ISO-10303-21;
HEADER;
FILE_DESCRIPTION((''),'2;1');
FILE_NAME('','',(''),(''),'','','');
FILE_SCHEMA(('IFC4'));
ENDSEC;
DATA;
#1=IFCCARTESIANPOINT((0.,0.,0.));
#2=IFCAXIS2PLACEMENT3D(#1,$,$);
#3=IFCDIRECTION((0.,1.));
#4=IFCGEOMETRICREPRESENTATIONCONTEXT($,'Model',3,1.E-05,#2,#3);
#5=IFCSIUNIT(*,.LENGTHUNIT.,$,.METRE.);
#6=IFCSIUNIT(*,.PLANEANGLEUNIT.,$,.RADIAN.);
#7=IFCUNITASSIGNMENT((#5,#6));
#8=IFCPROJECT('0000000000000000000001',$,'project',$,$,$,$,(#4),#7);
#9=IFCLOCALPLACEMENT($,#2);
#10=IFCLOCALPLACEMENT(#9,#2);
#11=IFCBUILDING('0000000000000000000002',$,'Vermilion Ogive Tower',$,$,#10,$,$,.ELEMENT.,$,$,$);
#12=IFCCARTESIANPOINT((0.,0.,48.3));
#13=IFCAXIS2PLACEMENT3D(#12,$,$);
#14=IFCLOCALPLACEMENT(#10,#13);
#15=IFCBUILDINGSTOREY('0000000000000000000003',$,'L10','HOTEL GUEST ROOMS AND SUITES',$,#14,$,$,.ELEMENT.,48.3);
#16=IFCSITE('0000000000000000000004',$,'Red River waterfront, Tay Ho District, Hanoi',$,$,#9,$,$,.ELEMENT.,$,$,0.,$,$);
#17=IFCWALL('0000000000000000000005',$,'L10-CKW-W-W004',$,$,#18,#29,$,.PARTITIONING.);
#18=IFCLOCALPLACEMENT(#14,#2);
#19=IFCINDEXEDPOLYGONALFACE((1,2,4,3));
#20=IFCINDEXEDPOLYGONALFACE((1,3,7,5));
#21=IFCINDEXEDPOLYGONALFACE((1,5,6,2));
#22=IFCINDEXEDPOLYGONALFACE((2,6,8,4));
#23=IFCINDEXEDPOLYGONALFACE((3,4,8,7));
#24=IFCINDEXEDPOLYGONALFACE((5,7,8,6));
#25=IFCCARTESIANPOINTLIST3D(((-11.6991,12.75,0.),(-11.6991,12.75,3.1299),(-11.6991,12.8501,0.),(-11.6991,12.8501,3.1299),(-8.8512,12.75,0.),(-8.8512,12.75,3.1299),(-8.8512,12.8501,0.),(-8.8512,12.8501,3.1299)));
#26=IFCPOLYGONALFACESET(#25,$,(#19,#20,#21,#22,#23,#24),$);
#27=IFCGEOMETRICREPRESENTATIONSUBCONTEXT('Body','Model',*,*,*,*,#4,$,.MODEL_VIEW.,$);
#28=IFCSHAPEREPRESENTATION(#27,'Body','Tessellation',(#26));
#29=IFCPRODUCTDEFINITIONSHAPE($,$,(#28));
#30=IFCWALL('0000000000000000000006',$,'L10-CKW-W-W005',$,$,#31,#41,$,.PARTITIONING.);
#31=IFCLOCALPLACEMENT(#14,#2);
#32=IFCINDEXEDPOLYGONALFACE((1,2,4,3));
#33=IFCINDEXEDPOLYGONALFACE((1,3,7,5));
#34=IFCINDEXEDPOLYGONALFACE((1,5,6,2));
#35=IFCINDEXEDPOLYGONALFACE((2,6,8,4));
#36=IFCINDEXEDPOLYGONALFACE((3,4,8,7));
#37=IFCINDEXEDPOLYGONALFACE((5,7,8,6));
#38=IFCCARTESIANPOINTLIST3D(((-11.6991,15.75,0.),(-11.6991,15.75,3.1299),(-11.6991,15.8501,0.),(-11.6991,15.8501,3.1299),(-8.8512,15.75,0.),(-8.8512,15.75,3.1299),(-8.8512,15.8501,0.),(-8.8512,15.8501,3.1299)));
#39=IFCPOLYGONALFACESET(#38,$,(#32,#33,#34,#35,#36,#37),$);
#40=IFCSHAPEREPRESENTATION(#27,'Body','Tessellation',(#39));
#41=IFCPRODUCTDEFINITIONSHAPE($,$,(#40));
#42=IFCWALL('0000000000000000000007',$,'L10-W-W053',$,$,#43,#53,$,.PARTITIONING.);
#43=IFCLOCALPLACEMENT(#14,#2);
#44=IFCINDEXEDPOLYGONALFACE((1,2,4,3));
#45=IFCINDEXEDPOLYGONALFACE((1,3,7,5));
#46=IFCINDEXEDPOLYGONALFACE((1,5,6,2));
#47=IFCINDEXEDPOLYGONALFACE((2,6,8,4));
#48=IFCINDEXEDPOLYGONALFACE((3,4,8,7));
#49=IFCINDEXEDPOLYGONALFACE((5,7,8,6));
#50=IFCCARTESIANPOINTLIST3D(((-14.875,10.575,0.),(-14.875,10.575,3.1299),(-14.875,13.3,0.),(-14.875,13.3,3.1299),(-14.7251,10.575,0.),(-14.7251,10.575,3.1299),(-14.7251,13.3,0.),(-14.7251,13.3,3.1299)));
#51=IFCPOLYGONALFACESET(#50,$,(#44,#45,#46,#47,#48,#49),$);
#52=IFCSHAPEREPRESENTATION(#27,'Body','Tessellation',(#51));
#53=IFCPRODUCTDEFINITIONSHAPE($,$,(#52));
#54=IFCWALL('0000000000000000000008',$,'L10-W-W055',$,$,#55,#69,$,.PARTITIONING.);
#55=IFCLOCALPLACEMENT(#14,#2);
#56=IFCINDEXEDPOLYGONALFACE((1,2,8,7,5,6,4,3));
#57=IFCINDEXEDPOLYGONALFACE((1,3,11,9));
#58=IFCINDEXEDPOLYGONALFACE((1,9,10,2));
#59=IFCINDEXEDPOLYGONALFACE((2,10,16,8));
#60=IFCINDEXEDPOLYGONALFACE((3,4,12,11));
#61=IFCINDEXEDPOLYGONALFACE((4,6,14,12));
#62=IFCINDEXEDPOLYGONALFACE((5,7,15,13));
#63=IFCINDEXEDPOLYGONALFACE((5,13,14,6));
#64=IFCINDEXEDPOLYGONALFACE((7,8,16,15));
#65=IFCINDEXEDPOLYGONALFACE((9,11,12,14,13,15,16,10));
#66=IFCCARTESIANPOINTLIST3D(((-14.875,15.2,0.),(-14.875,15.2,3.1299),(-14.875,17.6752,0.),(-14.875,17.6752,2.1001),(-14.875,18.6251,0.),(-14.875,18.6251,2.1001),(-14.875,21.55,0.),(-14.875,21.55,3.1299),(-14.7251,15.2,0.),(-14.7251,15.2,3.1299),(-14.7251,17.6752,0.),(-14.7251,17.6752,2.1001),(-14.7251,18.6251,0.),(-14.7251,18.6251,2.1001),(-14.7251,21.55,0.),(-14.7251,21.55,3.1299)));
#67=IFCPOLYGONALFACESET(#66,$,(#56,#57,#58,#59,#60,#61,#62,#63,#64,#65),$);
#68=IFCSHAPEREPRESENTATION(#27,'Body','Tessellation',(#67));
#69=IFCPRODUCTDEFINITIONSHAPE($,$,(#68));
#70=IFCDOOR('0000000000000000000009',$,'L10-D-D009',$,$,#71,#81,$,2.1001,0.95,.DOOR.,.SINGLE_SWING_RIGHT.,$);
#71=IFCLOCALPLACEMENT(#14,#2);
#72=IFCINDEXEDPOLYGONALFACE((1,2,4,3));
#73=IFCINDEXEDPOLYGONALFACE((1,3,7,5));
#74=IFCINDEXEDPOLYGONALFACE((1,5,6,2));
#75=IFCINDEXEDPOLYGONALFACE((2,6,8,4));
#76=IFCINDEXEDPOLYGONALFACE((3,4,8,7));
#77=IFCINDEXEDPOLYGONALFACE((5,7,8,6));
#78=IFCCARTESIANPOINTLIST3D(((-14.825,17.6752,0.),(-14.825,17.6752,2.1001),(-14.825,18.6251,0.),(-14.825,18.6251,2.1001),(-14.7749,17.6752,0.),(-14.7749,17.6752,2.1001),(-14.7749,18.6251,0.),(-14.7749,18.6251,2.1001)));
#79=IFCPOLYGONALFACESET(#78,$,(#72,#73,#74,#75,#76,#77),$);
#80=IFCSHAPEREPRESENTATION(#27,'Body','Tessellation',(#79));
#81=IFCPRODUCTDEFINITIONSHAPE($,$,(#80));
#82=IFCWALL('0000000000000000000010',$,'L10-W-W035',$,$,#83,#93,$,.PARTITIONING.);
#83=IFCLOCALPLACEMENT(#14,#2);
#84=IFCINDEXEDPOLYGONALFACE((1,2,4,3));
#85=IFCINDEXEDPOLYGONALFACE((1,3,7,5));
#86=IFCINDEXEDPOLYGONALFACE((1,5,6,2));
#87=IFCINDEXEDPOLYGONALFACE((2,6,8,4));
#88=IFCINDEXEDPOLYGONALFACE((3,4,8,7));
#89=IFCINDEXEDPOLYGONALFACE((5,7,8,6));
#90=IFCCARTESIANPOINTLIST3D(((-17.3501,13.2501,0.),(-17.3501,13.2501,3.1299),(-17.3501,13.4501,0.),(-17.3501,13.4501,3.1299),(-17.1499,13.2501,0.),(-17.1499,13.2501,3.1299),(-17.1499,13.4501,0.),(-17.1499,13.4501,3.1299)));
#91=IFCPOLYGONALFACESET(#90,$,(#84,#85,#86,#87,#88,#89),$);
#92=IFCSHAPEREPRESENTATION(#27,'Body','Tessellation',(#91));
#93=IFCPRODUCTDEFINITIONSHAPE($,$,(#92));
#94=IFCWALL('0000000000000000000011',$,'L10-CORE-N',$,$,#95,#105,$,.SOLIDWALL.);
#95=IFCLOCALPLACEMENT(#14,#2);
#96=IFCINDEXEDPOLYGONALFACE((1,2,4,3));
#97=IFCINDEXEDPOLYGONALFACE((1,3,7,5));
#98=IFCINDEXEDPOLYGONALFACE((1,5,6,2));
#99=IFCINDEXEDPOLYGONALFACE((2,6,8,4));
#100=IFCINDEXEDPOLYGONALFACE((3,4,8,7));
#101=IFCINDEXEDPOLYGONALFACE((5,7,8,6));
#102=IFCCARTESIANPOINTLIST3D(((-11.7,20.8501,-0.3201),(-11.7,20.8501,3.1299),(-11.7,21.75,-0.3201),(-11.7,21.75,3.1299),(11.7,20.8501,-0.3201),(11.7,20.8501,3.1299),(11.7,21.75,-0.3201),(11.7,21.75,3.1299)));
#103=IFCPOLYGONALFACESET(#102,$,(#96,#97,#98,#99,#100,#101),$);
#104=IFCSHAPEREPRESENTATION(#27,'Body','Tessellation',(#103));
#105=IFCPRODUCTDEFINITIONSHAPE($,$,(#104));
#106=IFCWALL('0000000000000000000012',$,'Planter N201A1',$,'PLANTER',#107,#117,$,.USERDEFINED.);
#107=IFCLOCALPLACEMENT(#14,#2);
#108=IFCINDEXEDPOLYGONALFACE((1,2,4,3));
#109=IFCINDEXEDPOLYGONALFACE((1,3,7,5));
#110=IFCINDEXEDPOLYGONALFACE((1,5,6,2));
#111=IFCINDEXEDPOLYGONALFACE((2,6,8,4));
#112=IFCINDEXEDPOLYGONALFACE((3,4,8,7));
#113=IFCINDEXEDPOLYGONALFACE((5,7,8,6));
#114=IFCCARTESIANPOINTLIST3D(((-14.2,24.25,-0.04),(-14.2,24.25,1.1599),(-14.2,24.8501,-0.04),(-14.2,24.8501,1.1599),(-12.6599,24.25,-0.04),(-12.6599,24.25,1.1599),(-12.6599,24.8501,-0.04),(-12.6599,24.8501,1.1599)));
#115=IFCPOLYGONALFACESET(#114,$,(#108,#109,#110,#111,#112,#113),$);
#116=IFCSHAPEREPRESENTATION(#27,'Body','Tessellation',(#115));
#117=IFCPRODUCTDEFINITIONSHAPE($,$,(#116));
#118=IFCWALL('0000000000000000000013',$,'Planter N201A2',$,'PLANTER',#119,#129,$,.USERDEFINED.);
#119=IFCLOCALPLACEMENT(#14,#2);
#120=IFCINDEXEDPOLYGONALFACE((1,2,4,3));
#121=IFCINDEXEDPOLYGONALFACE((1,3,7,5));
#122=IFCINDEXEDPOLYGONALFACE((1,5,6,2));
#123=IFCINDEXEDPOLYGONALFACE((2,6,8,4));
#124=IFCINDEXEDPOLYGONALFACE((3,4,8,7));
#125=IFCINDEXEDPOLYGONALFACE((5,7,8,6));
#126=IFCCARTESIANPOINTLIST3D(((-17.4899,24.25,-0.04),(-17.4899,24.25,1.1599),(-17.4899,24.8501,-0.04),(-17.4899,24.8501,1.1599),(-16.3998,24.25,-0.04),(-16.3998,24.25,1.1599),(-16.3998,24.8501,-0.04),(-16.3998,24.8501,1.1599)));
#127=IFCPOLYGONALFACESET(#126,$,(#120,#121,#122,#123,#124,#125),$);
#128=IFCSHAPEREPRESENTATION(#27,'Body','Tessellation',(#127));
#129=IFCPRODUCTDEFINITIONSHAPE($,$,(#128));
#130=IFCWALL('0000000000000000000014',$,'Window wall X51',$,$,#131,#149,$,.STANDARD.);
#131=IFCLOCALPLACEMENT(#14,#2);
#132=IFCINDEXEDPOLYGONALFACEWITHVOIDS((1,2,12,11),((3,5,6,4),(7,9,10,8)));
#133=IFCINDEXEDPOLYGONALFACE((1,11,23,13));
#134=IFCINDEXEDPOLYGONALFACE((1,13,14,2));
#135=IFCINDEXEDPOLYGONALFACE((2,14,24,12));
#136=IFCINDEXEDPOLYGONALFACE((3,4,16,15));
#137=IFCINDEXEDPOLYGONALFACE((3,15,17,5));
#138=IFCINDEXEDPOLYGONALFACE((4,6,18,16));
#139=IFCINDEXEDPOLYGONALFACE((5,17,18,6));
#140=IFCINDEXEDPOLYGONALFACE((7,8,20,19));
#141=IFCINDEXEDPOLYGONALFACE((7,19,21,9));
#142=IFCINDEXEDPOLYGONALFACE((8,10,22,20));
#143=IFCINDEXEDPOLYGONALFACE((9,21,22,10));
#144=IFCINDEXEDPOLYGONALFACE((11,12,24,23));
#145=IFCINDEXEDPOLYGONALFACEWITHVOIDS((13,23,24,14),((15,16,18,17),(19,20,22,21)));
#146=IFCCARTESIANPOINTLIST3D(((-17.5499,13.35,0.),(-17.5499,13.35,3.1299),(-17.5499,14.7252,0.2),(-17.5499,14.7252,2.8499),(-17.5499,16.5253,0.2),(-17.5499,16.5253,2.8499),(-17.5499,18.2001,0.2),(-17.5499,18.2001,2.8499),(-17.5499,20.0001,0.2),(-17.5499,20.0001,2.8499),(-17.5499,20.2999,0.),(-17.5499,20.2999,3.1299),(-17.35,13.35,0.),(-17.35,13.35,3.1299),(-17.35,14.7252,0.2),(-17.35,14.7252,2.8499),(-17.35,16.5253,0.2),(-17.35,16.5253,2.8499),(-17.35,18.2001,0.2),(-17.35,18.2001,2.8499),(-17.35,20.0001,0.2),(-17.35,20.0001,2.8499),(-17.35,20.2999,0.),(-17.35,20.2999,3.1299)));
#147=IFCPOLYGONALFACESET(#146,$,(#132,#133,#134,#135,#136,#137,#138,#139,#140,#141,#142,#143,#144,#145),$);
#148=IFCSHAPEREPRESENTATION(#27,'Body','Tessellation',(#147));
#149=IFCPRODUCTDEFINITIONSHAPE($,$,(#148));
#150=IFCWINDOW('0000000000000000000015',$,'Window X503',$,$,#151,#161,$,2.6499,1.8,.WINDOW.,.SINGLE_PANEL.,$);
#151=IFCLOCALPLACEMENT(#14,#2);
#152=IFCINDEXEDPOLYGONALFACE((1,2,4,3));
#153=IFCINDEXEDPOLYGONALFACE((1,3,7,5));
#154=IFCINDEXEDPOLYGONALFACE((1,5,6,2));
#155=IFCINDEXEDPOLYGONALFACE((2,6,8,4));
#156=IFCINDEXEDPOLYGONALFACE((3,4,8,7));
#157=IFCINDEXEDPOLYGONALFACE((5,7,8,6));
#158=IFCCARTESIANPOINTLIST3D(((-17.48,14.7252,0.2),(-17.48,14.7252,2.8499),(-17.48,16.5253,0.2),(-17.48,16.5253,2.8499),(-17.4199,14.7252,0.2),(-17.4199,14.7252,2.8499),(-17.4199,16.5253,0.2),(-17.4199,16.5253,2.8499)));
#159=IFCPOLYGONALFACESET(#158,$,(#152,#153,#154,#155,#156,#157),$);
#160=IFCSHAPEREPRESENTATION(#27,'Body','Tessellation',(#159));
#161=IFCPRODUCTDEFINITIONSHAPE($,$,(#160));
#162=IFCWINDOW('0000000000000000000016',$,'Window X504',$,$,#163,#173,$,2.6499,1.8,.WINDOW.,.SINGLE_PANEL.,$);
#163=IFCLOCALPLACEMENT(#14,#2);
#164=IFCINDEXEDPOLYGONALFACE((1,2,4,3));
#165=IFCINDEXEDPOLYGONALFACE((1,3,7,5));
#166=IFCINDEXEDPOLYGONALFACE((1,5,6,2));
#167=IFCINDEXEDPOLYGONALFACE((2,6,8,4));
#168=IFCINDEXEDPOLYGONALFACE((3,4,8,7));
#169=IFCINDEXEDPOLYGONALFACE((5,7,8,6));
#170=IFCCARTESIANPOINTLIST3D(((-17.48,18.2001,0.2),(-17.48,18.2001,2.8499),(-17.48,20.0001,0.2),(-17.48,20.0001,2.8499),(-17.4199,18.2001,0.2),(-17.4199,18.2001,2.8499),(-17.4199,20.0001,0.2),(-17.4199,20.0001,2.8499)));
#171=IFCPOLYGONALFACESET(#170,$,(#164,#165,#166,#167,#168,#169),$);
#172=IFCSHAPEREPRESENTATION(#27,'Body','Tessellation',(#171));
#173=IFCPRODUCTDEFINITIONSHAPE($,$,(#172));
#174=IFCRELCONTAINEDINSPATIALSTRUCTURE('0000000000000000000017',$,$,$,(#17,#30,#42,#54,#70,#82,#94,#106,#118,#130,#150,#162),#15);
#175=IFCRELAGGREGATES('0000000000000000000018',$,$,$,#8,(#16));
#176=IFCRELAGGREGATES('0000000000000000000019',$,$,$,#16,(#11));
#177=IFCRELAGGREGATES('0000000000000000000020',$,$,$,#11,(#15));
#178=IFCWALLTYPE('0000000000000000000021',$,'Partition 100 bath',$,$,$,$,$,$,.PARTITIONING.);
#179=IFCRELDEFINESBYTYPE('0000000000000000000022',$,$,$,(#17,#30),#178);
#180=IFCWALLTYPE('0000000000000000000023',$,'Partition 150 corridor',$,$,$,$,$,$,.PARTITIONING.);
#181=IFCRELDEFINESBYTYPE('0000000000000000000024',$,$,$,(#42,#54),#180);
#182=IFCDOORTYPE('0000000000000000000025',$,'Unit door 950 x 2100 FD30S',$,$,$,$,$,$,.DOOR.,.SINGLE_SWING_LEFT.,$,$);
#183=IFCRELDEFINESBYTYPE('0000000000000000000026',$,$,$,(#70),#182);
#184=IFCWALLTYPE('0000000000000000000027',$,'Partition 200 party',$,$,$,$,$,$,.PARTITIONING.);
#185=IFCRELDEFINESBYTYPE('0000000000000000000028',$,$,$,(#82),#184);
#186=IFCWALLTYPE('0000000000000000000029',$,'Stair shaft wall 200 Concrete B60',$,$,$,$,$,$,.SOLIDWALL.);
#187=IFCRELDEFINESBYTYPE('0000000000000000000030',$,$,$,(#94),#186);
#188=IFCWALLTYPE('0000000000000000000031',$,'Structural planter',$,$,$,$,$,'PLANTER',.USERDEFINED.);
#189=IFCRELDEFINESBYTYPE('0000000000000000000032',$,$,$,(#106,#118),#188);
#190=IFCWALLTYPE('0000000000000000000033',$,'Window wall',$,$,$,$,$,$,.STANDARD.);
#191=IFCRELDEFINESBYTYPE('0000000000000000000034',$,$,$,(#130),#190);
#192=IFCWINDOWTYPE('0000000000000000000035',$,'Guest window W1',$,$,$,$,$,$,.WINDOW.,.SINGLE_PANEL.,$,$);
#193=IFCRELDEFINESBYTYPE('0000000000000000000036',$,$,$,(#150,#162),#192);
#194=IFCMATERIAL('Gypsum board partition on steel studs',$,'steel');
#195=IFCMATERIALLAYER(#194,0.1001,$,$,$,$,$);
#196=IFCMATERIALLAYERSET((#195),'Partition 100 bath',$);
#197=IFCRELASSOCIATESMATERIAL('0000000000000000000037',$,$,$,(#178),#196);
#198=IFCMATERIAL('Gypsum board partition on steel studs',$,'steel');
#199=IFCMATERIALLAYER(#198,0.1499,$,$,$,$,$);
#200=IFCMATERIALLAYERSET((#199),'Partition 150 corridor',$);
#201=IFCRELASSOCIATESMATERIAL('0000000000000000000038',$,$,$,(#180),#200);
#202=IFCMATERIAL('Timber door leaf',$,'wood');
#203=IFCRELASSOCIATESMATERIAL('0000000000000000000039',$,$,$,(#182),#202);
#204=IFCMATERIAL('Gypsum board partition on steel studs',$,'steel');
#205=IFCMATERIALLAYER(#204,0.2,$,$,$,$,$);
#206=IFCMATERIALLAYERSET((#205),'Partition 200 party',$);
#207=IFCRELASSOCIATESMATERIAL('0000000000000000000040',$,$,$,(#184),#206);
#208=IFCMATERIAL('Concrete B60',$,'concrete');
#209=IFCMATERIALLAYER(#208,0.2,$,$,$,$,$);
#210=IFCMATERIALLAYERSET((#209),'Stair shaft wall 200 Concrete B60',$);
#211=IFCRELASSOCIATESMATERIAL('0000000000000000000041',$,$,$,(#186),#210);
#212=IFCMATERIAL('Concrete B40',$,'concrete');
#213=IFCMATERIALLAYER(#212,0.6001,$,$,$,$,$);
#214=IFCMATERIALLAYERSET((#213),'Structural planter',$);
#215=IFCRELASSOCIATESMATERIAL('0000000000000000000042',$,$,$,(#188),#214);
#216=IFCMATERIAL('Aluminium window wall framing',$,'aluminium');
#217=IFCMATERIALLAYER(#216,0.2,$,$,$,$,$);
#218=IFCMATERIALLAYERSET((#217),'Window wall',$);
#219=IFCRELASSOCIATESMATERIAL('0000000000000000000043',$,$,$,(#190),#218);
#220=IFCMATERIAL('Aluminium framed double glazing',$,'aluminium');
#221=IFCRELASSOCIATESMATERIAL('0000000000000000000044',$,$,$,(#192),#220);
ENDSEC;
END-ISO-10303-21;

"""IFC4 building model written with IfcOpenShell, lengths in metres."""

from ifc_helpers import new_model, si_unit, direction, frame, frame_2d, origin, place, context, subcontext, project, spatial, rectangle, extrude, material, layer, layer_set, type_object, element, fill, save


model = new_model("IFC4")

# Units and contexts
model_context = context("Model", 3, precision=1e-05, world=origin(), true_north=direction((0.0, 1.0)))
body_context = subcontext(model_context, "Body", "Model", "MODEL_VIEW")
ifc_project = project(units=[si_unit("LENGTHUNIT", "METRE"), si_unit("PLANEANGLEUNIT", "RADIAN")], contexts=[model_context])

# Site, building, storey
site_placement = place(None, origin())
site = spatial("IfcSite", under=ifc_project, at=site_placement, Name="Red River waterfront, Tay Ho District, Hanoi", CompositionType="ELEMENT", RefElevation=0.0)
building_placement = place(site_placement, origin())
building = spatial("IfcBuilding", under=site, at=building_placement, Name="Vermilion Ogive Tower", CompositionType="ELEMENT")
storey_placement = place(building_placement, frame((0.0, 0.0, 48.3)))
storey = spatial("IfcBuildingStorey", under=building, at=storey_placement, Name="L10", Description="HOTEL GUEST ROOMS AND SUITES", CompositionType="ELEMENT", Elevation=48.3)

# Shared definitions
ifc_material_1 = material(Name="Gypsum board partition on steel studs", Category="steel")
ifc_layer_1 = layer(ifc_material_1, 0.1001)
ifc_layer_set_1 = layer_set([ifc_layer_1], Name="Partition 100 bath")
wall_type_1 = type_object("IfcWallType", Name="Partition 100 bath", PredefinedType="PARTITIONING", material=ifc_layer_set_1)

# Walls
for number, where, z_axis, x_axis, name in (
    (1, (-11.699, 12.8, 0.0), (0.0, 0.0, 1.0), (1.0, 0.0, 0.0), "L10-CKW-W-W004"),
    (2, (-11.699, 15.8, 0.0), (0.0, 0.0, 1.0), (1.0, 0.0, 0.0), "L10-CKW-W-W005"),
):
    element("IfcWall", number, at=place(storey_placement, frame(where, z_axis=z_axis, x_axis=x_axis)), inside=storey, type_object=wall_type_1, Name=name, PredefinedType="PARTITIONING", context=body_context, shape_type="SweptSolid", body=[
        extrude(rectangle(XDim=2.8479, YDim=0.1001, at=frame_2d((1.4238, 0.0))), origin(), (0.0, 0.0, 1.0), 3.1299),
    ])
ifc_material_2 = material(Name="Gypsum board partition on steel studs", Category="steel")
ifc_layer_2 = layer(ifc_material_2, 0.1499)
ifc_layer_set_2 = layer_set([ifc_layer_2], Name="Partition 150 corridor")
wall_type_2 = type_object("IfcWallType", Name="Partition 150 corridor", PredefinedType="PARTITIONING", material=ifc_layer_set_2)
wall_1_placement = place(storey_placement, frame((-14.8, 10.575, 0.0), z_axis=(0.0, 0.0, 1.0), x_axis=(0.0, 1.0, 0.0)))
element("IfcWall", 3, at=wall_1_placement, inside=storey, type_object=wall_type_2, Name="L10-W-W053", PredefinedType="PARTITIONING", context=body_context, shape_type="SweptSolid", body=[
    extrude(rectangle(XDim=2.7251, YDim=0.1499, at=frame_2d((1.3625, 0.0))), origin(), (0.0, 0.0, 1.0), 3.1299),
])

# Wall, opening, door
wall_2_placement = place(storey_placement, frame((-14.8, 15.2, 0.0), z_axis=(0.0, 0.0, 1.0), x_axis=(0.0, 1.0, 0.0)))
wall_2 = element("IfcWall", 4, at=wall_2_placement, inside=storey, type_object=wall_type_2, Name="L10-W-W055", PredefinedType="PARTITIONING", context=body_context, shape_type="SweptSolid", body=[
    extrude(rectangle(XDim=6.3501, YDim=0.1499, at=frame_2d((3.175, 0.0))), origin(), (0.0, 0.0, 1.0), 3.1299),
])
opening_1_placement = place(wall_2_placement, frame((2.4751, 0.0, 0.0)))
opening_1 = element("IfcOpeningElement", 5, at=opening_1_placement, cuts=wall_2, PredefinedType="OPENING", context=body_context, shape_type="SweptSolid", body=[
    extrude(rectangle(XDim=0.95, YDim=2.1001, at=frame_2d((0.4751, 1.05))), frame((0.0, 0.085, 0.0), z_axis=(0.0, -1.0, 0.0), x_axis=(1.0, 0.0, 0.0)), (0.0, 0.0, 1.0), 0.1699),
])
ifc_material_3 = material(Name="Timber door leaf", Category="wood")
door_type_1 = type_object("IfcDoorType", Name="Unit door 950 x 2100 FD30S", OperationType="SINGLE_SWING_LEFT", PredefinedType="DOOR", material=ifc_material_3)
door_1_placement = place(opening_1_placement, origin())
door_1 = element("IfcDoor", 6, at=door_1_placement, inside=storey, type_object=door_type_1, Name="L10-D-D009", OperationType="SINGLE_SWING_RIGHT", OverallHeight=2.1001, OverallWidth=0.95, PredefinedType="DOOR", context=body_context, shape_type="SweptSolid", body=[
    extrude(rectangle(XDim=0.95, YDim=2.1001, at=frame_2d((0.4751, 1.05))), frame((0.0, 0.0249, 0.0), z_axis=(0.0, -1.0, 0.0), x_axis=(1.0, 0.0, 0.0)), (0.0, 0.0, 1.0), 0.05),
])
fill(opening_1, door_1)

# Walls
ifc_material_4 = material(Name="Gypsum board partition on steel studs", Category="steel")
ifc_layer_3 = layer(ifc_material_4, 0.2)
ifc_layer_set_3 = layer_set([ifc_layer_3], Name="Partition 200 party")
wall_type_3 = type_object("IfcWallType", Name="Partition 200 party", PredefinedType="PARTITIONING", material=ifc_layer_set_3)
wall_3_placement = place(storey_placement, frame((-17.3501, 13.3501, 0.0), z_axis=(0.0, 0.0, 1.0), x_axis=(1.0, 0.0, 0.0)))
element("IfcWall", 7, at=wall_3_placement, inside=storey, type_object=wall_type_3, Name="L10-W-W035", PredefinedType="PARTITIONING", context=body_context, shape_type="SweptSolid", body=[
    extrude(rectangle(XDim=0.2002, YDim=0.2, at=frame_2d((0.1001, 0.0))), origin(), (0.0, 0.0, 1.0), 3.1299),
])
ifc_material_5 = material(Name="Concrete B60", Category="concrete")
ifc_layer_4 = layer(ifc_material_5, 0.2)
ifc_layer_set_4 = layer_set([ifc_layer_4], Name="Stair shaft wall 200 Concrete B60")
wall_type_4 = type_object("IfcWallType", Name="Stair shaft wall 200 Concrete B60", PredefinedType="SOLIDWALL", material=ifc_layer_set_4)
wall_4_placement = place(storey_placement, frame((-11.7, 21.3, -0.3201), z_axis=(0.0, 0.0, 1.0), x_axis=(1.0, 0.0, 0.0)))
element("IfcWall", 8, at=wall_4_placement, inside=storey, type_object=wall_type_4, Name="L10-CORE-N", PredefinedType="SOLIDWALL", context=body_context, shape_type="SweptSolid", body=[
    extrude(rectangle(XDim=23.3999, YDim=0.8999, at=frame_2d((11.7, 0.0))), origin(), (0.0, 0.0, 1.0), 3.45),
])
ifc_material_6 = material(Name="Concrete B40", Category="concrete")
ifc_layer_5 = layer(ifc_material_6, 0.6001)
ifc_layer_set_5 = layer_set([ifc_layer_5], Name="Structural planter")
wall_type_5 = type_object("IfcWallType", Name="Structural planter", ElementType="PLANTER", PredefinedType="USERDEFINED", material=ifc_layer_set_5)
wall_5_placement = place(storey_placement, frame((-12.6599, 24.55, -0.04), z_axis=(0.0, 0.0, 1.0), x_axis=(-1.0, 0.0, 0.0)))
element("IfcWall", 9, at=wall_5_placement, inside=storey, type_object=wall_type_5, Name="Planter N201A1", ObjectType="PLANTER", PredefinedType="USERDEFINED", context=body_context, shape_type="SweptSolid", body=[
    extrude(rectangle(XDim=1.54, YDim=0.6001, at=frame_2d((0.77, 0.0))), origin(), (0.0, 0.0, 1.0), 1.2),
])
wall_6_placement = place(storey_placement, frame((-16.3999, 24.55, -0.04), z_axis=(0.0, 0.0, 1.0), x_axis=(-1.0, 0.0, 0.0)))
element("IfcWall", 10, at=wall_6_placement, inside=storey, type_object=wall_type_5, Name="Planter N201A2", ObjectType="PLANTER", PredefinedType="USERDEFINED", context=body_context, shape_type="SweptSolid", body=[
    extrude(rectangle(XDim=1.0901, YDim=0.6001, at=frame_2d((0.5449, 0.0))), origin(), (0.0, 0.0, 1.0), 1.2),
])

# Shared definitions
ifc_material_7 = material(Name="Aluminium window wall framing", Category="aluminium")
ifc_layer_6 = layer(ifc_material_7, 0.2)
ifc_layer_set_6 = layer_set([ifc_layer_6], Name="Window wall")
wall_type_6 = type_object("IfcWallType", Name="Window wall", PredefinedType="STANDARD", material=ifc_layer_set_6)
ifc_material_8 = material(Name="Aluminium framed double glazing", Category="aluminium")
window_type = type_object("IfcWindowType", Name="Guest window W1", PartitioningType="SINGLE_PANEL", PredefinedType="WINDOW", material=ifc_material_8)

# Wall, openings, windows
wall_7_placement = place(storey_placement, frame((-17.45, 20.3, 0.0), z_axis=(0.0, 0.0, 1.0), x_axis=(0.0, -1.0, 0.0)))
wall_7 = element("IfcWall", 11, at=wall_7_placement, inside=storey, type_object=wall_type_6, Name="Window wall X51", PredefinedType="STANDARD", context=body_context, shape_type="SweptSolid", body=[
    extrude(rectangle(XDim=6.95, YDim=0.2, at=frame_2d((3.4751, 0.0))), origin(), (0.0, 0.0, 1.0), 3.1299),
])
opening_2_placement = place(wall_7_placement, frame((3.7749, 0.0, 0.2)))
opening_2 = element("IfcOpeningElement", 12, at=opening_2_placement, cuts=wall_7, PredefinedType="OPENING", context=body_context, shape_type="SweptSolid", body=[
    extrude(rectangle(XDim=1.8, YDim=2.6499, at=frame_2d((0.8999, 1.325))), frame((0.0, 0.1099, 0.0), z_axis=(0.0, -1.0, 0.0), x_axis=(1.0, 0.0, 0.0)), (0.0, 0.0, 1.0), 0.22),
])
opening_3_placement = place(wall_7_placement, frame((0.3, 0.0, 0.2)))
opening_3 = element("IfcOpeningElement", 13, at=opening_3_placement, cuts=wall_7, PredefinedType="OPENING", context=body_context, shape_type="SweptSolid", body=[
    extrude(rectangle(XDim=1.8, YDim=2.6499, at=frame_2d((0.8999, 1.325))), frame((0.0, 0.1099, 0.0), z_axis=(0.0, -1.0, 0.0), x_axis=(1.0, 0.0, 0.0)), (0.0, 0.0, 1.0), 0.22),
])
window_1_placement = place(opening_2_placement, origin())
window_1 = element("IfcWindow", 14, at=window_1_placement, inside=storey, type_object=window_type, Name="Window X503", OverallHeight=2.6499, OverallWidth=1.8, PartitioningType="SINGLE_PANEL", PredefinedType="WINDOW", context=body_context, shape_type="SweptSolid", body=[
    extrude(rectangle(XDim=1.8, YDim=2.6499, at=frame_2d((0.8999, 1.325))), frame((0.0, 0.03, 0.0), z_axis=(0.0, -1.0, 0.0), x_axis=(1.0, 0.0, 0.0)), (0.0, 0.0, 1.0), 0.0601),
])
fill(opening_2, window_1)
window_2_placement = place(opening_3_placement, origin())
window_2 = element("IfcWindow", 15, at=window_2_placement, inside=storey, type_object=window_type, Name="Window X504", OverallHeight=2.6499, OverallWidth=1.8, PartitioningType="SINGLE_PANEL", PredefinedType="WINDOW", context=body_context, shape_type="SweptSolid", body=[
    extrude(rectangle(XDim=1.8, YDim=2.6499, at=frame_2d((0.8999, 1.325))), frame((0.0, 0.03, 0.0), z_axis=(0.0, -1.0, 0.0), x_axis=(1.0, 0.0, 0.0)), (0.0, 0.0, 1.0), 0.0601),
])
fill(opening_3, window_2)

save(model, "model.ifc")
